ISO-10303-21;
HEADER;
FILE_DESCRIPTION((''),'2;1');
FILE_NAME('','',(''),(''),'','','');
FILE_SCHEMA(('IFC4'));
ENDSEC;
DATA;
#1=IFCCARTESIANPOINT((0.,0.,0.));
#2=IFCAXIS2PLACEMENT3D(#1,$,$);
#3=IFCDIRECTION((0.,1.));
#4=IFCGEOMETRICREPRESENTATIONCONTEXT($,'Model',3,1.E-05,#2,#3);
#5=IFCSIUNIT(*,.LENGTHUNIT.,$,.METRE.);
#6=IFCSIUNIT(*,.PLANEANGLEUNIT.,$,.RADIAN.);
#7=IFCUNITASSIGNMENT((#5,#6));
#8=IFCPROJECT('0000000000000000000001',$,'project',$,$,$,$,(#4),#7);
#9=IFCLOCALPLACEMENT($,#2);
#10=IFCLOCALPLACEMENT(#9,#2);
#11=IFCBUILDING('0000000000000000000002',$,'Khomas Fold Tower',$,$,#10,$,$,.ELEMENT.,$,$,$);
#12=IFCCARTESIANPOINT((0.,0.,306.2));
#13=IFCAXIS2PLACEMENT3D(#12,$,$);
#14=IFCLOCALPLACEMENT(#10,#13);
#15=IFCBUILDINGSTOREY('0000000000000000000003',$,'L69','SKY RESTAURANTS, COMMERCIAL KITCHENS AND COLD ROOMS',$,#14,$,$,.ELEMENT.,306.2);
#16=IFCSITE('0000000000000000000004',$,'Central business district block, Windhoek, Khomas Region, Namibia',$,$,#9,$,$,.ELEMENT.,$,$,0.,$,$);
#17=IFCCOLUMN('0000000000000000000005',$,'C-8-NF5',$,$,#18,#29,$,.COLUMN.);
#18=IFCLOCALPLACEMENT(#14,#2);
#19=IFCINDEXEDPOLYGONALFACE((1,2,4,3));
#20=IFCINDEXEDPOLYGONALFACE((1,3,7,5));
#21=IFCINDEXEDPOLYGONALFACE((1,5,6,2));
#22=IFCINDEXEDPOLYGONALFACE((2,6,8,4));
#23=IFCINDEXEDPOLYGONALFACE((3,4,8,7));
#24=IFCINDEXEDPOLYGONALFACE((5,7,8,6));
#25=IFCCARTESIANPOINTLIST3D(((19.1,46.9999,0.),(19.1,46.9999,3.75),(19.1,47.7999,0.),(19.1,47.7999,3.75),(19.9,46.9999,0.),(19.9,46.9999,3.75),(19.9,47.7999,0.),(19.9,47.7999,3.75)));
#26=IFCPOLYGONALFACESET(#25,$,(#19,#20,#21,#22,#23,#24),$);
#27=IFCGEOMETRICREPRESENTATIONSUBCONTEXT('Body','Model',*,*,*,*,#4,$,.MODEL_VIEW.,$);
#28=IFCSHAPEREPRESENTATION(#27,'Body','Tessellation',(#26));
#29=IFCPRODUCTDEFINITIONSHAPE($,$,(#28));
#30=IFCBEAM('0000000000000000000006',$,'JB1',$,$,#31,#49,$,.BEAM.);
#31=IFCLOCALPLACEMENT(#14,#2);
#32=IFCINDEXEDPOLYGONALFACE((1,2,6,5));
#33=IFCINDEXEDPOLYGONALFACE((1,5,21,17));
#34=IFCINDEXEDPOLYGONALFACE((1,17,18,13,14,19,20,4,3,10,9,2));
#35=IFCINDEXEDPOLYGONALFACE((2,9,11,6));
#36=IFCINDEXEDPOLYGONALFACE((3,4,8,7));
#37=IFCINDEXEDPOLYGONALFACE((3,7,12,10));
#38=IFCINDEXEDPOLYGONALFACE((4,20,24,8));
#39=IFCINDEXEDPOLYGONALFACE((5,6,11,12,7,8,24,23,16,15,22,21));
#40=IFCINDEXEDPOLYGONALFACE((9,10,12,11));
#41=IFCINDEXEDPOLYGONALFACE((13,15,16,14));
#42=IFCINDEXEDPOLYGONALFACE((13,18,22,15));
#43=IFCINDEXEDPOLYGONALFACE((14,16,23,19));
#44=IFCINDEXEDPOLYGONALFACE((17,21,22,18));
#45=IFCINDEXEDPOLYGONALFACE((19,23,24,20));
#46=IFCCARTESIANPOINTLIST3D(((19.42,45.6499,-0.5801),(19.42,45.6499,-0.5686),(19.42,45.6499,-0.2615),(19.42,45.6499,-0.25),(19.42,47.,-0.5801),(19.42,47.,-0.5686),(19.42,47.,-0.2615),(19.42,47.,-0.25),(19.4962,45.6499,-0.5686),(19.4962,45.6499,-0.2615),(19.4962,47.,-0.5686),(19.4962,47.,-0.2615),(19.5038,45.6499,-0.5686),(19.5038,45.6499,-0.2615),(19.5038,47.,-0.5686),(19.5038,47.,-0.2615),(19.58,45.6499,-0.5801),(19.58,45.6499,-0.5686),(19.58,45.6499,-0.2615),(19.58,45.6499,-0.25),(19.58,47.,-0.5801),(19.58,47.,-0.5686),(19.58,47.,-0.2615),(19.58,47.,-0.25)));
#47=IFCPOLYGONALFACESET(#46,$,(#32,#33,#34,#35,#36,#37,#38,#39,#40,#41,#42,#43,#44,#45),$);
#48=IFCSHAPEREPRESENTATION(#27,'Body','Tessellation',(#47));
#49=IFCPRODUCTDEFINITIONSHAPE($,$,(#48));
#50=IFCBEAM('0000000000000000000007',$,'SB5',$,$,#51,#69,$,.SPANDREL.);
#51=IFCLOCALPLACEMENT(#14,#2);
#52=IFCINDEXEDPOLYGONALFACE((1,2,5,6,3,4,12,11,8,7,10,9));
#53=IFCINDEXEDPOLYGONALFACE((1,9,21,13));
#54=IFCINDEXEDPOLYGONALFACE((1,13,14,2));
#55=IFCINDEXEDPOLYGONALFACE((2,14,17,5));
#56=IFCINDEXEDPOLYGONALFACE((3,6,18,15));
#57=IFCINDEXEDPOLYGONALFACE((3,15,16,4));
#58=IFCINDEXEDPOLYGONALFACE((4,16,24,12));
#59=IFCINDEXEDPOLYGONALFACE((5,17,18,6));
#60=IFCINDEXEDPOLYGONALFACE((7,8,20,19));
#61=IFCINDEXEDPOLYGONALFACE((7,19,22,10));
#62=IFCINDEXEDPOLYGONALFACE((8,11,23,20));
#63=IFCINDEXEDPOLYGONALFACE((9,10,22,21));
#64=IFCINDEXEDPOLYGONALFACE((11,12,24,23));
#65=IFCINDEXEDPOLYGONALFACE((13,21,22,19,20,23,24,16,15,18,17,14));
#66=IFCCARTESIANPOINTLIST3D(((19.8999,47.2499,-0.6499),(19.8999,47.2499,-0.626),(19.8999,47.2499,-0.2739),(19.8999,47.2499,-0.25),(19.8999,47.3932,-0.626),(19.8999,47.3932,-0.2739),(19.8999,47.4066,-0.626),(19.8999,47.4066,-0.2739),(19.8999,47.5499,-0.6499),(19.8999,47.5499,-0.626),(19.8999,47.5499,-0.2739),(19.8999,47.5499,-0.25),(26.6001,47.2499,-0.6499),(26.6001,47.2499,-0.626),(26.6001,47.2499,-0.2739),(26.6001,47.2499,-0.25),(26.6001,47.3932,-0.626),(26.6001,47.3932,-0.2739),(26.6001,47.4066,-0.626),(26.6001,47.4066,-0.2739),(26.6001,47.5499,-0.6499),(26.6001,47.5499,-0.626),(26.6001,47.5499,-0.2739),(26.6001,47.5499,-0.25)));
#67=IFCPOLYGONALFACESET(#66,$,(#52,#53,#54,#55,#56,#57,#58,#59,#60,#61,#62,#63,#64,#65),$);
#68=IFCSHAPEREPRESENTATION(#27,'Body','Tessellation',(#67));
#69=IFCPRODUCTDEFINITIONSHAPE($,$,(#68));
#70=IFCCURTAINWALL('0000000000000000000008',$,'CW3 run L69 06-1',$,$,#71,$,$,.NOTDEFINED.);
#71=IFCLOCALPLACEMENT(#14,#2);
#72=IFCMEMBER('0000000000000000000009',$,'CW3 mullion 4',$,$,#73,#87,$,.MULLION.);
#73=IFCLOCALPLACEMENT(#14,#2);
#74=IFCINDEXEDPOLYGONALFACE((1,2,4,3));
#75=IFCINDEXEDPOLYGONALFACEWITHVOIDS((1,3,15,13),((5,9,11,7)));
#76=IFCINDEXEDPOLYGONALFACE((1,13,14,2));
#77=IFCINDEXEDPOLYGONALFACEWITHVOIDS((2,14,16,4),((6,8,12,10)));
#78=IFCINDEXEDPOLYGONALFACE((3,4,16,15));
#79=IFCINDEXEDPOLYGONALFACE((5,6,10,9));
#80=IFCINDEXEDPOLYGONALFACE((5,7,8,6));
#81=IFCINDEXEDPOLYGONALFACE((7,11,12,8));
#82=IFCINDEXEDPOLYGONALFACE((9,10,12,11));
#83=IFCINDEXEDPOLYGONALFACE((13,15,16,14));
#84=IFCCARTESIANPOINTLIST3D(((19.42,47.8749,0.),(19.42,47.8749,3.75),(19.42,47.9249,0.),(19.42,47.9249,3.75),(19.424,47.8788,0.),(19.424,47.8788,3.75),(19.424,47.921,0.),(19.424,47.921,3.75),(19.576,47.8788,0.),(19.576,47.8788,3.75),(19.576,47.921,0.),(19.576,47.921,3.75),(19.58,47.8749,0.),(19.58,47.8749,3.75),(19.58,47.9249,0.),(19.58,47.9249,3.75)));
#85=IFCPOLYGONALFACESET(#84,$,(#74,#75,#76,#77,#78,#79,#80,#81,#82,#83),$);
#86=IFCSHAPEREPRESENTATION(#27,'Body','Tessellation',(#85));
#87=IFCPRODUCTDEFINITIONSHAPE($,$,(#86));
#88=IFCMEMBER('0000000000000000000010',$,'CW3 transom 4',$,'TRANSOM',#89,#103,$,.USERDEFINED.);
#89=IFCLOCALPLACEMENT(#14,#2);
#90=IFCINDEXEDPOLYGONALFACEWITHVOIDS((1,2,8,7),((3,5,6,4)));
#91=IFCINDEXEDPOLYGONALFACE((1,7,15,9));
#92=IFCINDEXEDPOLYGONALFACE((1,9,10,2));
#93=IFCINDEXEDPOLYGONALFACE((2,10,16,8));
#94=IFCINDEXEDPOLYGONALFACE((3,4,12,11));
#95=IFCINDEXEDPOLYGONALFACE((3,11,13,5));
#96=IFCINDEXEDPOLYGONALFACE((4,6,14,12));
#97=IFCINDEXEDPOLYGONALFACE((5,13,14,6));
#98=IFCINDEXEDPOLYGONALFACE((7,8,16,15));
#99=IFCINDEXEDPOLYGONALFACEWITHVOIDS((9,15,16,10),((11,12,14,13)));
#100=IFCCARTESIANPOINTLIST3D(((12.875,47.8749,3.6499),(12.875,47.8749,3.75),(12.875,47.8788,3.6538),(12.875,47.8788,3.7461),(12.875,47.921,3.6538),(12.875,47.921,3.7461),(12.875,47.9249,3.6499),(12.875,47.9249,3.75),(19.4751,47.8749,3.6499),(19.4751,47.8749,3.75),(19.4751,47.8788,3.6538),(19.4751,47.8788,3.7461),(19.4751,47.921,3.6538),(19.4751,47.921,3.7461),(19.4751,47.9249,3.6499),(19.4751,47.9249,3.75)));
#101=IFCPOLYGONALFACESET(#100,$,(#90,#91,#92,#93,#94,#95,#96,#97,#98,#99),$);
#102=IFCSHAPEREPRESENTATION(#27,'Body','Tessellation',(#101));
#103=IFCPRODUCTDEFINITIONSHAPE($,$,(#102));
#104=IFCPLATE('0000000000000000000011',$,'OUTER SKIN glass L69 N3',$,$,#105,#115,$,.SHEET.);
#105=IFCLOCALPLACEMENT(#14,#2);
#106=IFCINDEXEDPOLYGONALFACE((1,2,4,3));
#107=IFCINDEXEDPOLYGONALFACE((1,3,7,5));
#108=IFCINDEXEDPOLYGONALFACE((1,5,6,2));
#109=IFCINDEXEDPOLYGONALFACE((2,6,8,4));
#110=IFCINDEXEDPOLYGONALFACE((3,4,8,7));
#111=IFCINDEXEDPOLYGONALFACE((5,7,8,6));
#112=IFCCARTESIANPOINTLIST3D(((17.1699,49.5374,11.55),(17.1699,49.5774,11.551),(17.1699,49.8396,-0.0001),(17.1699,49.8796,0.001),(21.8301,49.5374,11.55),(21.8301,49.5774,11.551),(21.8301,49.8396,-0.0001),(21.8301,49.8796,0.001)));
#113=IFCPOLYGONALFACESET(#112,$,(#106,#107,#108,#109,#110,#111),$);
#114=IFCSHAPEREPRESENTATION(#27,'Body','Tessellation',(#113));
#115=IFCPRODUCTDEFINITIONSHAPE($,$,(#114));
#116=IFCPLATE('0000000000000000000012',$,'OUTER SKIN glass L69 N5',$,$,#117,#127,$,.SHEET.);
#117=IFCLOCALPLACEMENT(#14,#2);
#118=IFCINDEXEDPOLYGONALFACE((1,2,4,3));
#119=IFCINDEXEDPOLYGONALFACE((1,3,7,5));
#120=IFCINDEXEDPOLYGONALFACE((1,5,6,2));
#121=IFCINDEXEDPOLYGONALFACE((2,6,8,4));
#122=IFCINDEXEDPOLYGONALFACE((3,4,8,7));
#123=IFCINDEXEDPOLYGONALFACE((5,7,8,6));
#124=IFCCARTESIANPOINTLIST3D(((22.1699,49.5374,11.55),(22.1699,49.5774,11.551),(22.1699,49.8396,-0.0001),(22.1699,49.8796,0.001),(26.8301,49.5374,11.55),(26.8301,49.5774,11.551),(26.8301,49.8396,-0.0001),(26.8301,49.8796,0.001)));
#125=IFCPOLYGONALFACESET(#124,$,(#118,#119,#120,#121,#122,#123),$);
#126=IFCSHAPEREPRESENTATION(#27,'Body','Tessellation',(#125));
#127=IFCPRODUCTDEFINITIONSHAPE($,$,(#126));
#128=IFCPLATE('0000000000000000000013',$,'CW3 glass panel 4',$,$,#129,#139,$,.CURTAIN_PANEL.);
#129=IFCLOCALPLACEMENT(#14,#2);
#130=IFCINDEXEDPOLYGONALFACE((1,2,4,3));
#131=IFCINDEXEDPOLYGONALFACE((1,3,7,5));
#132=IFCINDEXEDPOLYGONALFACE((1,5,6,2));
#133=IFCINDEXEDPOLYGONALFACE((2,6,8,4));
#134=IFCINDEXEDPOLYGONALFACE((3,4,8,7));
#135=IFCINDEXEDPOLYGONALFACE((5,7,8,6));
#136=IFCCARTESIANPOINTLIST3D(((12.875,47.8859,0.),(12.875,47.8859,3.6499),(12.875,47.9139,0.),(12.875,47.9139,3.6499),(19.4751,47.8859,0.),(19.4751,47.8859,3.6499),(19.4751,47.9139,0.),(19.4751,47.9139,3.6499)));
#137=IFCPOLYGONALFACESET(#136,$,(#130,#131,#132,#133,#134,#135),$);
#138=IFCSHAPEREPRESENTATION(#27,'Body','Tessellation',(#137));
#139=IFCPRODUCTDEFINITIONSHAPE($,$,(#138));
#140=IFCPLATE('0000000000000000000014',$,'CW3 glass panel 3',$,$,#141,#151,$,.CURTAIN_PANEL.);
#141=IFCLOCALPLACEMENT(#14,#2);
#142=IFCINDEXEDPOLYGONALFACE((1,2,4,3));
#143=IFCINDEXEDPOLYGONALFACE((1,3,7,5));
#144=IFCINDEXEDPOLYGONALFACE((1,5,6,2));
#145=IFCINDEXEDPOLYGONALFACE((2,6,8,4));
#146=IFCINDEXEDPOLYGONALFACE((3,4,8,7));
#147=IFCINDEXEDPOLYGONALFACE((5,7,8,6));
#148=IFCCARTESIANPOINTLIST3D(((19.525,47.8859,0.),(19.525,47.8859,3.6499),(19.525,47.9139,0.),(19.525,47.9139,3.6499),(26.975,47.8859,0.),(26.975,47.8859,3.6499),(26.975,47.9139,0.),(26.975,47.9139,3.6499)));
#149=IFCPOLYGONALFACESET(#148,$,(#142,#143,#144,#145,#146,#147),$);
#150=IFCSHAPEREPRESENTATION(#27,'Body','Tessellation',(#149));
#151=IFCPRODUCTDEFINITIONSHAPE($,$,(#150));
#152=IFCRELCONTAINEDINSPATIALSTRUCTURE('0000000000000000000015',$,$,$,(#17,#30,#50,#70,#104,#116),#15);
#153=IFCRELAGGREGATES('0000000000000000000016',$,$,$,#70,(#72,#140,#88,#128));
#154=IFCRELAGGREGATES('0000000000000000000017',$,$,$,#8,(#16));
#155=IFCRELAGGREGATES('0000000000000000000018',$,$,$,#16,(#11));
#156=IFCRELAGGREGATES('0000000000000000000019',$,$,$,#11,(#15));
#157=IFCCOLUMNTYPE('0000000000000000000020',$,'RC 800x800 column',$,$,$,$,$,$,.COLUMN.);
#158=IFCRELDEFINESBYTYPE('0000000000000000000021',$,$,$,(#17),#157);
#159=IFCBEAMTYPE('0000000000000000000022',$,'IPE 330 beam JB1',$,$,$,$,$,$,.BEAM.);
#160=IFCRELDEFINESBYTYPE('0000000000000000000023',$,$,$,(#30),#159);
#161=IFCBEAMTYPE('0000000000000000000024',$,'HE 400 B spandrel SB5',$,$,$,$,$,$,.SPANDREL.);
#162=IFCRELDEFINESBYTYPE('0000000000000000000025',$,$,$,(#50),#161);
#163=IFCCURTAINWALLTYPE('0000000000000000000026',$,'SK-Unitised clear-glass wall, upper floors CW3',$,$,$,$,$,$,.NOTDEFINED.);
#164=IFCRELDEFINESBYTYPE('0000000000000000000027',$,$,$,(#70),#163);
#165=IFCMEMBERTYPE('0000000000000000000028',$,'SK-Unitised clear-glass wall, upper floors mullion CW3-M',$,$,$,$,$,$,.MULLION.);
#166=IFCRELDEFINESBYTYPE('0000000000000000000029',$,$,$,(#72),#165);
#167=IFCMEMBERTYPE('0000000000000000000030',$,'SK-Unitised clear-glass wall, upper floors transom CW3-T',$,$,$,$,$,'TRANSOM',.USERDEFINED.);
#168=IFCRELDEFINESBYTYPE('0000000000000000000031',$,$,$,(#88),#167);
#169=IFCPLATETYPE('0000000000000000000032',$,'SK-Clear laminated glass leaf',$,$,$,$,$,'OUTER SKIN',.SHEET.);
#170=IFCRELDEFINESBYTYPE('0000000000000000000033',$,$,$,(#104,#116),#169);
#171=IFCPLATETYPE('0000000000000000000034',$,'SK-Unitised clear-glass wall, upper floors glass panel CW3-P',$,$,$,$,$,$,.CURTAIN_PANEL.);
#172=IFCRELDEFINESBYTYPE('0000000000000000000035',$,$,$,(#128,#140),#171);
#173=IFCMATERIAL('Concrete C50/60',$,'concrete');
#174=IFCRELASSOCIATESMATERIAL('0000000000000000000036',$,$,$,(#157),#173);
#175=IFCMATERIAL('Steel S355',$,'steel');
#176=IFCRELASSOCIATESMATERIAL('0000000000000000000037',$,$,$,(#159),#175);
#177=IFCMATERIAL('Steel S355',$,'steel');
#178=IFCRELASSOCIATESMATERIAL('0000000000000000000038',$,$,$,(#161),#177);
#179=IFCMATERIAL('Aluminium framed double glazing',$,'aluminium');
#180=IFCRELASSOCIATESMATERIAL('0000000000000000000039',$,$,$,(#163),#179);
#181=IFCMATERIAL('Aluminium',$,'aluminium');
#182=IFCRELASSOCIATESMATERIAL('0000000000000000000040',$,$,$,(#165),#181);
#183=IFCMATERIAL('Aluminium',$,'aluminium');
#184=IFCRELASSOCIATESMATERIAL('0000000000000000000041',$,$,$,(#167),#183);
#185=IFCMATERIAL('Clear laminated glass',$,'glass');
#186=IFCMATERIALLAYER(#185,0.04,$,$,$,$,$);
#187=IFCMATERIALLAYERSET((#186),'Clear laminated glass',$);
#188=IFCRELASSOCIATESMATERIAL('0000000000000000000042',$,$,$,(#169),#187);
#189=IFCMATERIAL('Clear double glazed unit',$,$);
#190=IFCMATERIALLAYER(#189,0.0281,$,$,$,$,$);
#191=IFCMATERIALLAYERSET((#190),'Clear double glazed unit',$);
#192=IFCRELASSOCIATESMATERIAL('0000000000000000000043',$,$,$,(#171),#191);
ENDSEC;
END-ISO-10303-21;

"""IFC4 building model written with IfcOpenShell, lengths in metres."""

from ifc_helpers import new_model, si_unit, direction, frame, origin, origin_2d, place, context, subcontext, project, spatial, polyline, rectangle, hollow_rectangle, i_section, outline, extrude, source, transform, mapped, material, layer, layer_set, material_profile, profile_set, type_object, element, aggregate, save


model = new_model("IFC4")

# Units and contexts
model_context = context("Model", 3, precision=1e-05, world=origin(), true_north=direction((0.0, 1.0)))
body_context = subcontext(model_context, "Body", "Model", "MODEL_VIEW")
ifc_project = project(units=[si_unit("LENGTHUNIT", "METRE"), si_unit("PLANEANGLEUNIT", "RADIAN")], contexts=[model_context])

# Site, building, storey
site_placement = place(None, origin())
site = spatial("IfcSite", under=ifc_project, at=site_placement, Name="Central business district block, Windhoek, Khomas Region, Namibia", CompositionType="ELEMENT", RefElevation=0.0)
building_placement = place(site_placement, origin())
building = spatial("IfcBuilding", under=site, at=building_placement, Name="Khomas Fold Tower", CompositionType="ELEMENT")
storey_placement = place(building_placement, frame((0.0, 0.0, 306.2)))
storey = spatial("IfcBuildingStorey", under=building, at=storey_placement, Name="L69", Description="SKY RESTAURANTS, COMMERCIAL KITCHENS AND COLD ROOMS", CompositionType="ELEMENT", Elevation=306.2)

# Column
ifc_material_1 = material(Name="Concrete C50/60", Category="concrete")
ifc_material_profile_1 = material_profile(ifc_material_1, rectangle(XDim=0.8, YDim=0.8, at=origin_2d()), Name="RC 800x800")
ifc_profile_set_1 = profile_set([ifc_material_profile_1], Name="Concrete C50/60")
column_type = type_object("IfcColumnType", Name="RC 800x800 column", PredefinedType="COLUMN", material=ifc_profile_set_1)
shared_shape_1 = source(origin(), body_context, "Body", "SweptSolid", [
    extrude(rectangle(XDim=0.8, YDim=0.8, at=origin_2d()), origin(), (0.0, 0.0, 1.0), 3.75),
])
column_placement = place(storey_placement, frame((19.5, 47.3999, 0.0), z_axis=(0.0, 0.0, 1.0), x_axis=(1.0, 0.0, 0.0)))
element("IfcColumn", 1, at=column_placement, inside=storey, type_object=column_type, Name="C-8-NF5", PredefinedType="COLUMN", context=body_context, shape_type="MappedRepresentation", body=[
    mapped(shared_shape_1, transform((0.0, 0.0, 0.0))),
])

# Beams
ifc_material_2 = material(Name="Steel S355", Category="steel")
ifc_material_profile_2 = material_profile(ifc_material_2, i_section(OverallWidth=0.1599, OverallDepth=0.3301, WebThickness=0.0076, FlangeThickness=0.0115, at=origin_2d()), Name="IPE 330")
ifc_profile_set_2 = profile_set([ifc_material_profile_2], Name="Steel S355")
beam_type_1 = type_object("IfcBeamType", Name="IPE 330 beam JB1", PredefinedType="BEAM", material=ifc_profile_set_2)
shared_shape_2 = source(origin(), body_context, "Body", "SweptSolid", [
    extrude(i_section(OverallWidth=0.1599, OverallDepth=0.3301, WebThickness=0.0076, FlangeThickness=0.0115, at=origin_2d()), origin(), (0.0, 0.0, 1.0), 1.3501),
])
beam_1_placement = place(storey_placement, frame((19.5, 45.6499, -0.415), z_axis=(0.0, 1.0, 0.0), x_axis=(-1.0, 0.0, 0.0)))
element("IfcBeam", 2, at=beam_1_placement, inside=storey, type_object=beam_type_1, Name="JB1", PredefinedType="BEAM", context=body_context, shape_type="MappedRepresentation", body=[
    mapped(shared_shape_2, transform((0.0, 0.0, 0.0))),
])
ifc_material_3 = material(Name="Steel S355", Category="steel")
ifc_material_profile_3 = material_profile(ifc_material_3, i_section(OverallWidth=0.3, OverallDepth=0.3999, WebThickness=0.0134, FlangeThickness=0.0239, at=origin_2d()), Name="HE 400 B")
ifc_profile_set_3 = profile_set([ifc_material_profile_3], Name="Steel S355")
beam_type_2 = type_object("IfcBeamType", Name="HE 400 B spandrel SB5", PredefinedType="SPANDREL", material=ifc_profile_set_3)
shared_shape_3 = source(origin(), body_context, "Body", "SweptSolid", [
    extrude(i_section(OverallWidth=0.3, OverallDepth=0.3999, WebThickness=0.0134, FlangeThickness=0.0239, at=origin_2d()), origin(), (0.0, 0.0, 1.0), 6.7002),
])
beam_2_placement = place(storey_placement, frame((19.8999, 47.3999, -0.45), z_axis=(1.0, 0.0, 0.0), x_axis=(0.0, 1.0, 0.0)))
element("IfcBeam", 3, at=beam_2_placement, inside=storey, type_object=beam_type_2, Name="SB5", PredefinedType="SPANDREL", context=body_context, shape_type="MappedRepresentation", body=[
    mapped(shared_shape_3, transform((0.0, 0.0, 0.0))),
])

# Curtain wall, members
ifc_material_4 = material(Name="Aluminium framed double glazing", Category="aluminium")
curtain_wall_type = type_object("IfcCurtainWallType", Name="SK-Unitised clear-glass wall, upper floors CW3", PredefinedType="NOTDEFINED", material=ifc_material_4)
curtain_wall_placement = place(storey_placement, origin())
curtain_wall = element("IfcCurtainWall", 4, at=curtain_wall_placement, inside=storey, type_object=curtain_wall_type, Name="CW3 run L69 06-1", PredefinedType="NOTDEFINED")
ifc_material_5 = material(Name="Aluminium", Category="aluminium")
ifc_material_profile_4 = material_profile(ifc_material_5, hollow_rectangle(XDim=0.05, YDim=0.1599, WallThickness=0.0039, at=origin_2d()), Name="SK-Unitised clear-glass wall, upper floors mullion CW3-M")
ifc_profile_set_4 = profile_set([ifc_material_profile_4], Name="Aluminium")
member_type_1 = type_object("IfcMemberType", Name="SK-Unitised clear-glass wall, upper floors mullion CW3-M", PredefinedType="MULLION", material=ifc_profile_set_4)
shared_shape_4 = source(origin(), body_context, "Body", "SweptSolid", [
    extrude(hollow_rectangle(XDim=0.05, YDim=0.1599, WallThickness=0.0039, at=origin_2d()), origin(), (0.0, 0.0, 1.0), 3.75),
])
member_1_placement = place(storey_placement, frame((19.5, 47.8999, 0.0), z_axis=(0.0, 0.0, 1.0), x_axis=(0.0, -1.0, 0.0)))
member_1 = element("IfcMember", 5, at=member_1_placement, type_object=member_type_1, Name="CW3 mullion 4", PredefinedType="MULLION", context=body_context, shape_type="MappedRepresentation", body=[
    mapped(shared_shape_4, transform((0.0, 0.0, 0.0))),
])
ifc_material_6 = material(Name="Aluminium", Category="aluminium")
ifc_material_profile_5 = material_profile(ifc_material_6, hollow_rectangle(XDim=0.05, YDim=0.1001, WallThickness=0.0039, at=origin_2d()), Name="SK-Unitised clear-glass wall, upper floors transom CW3-T")
ifc_profile_set_5 = profile_set([ifc_material_profile_5], Name="Aluminium")
member_type_2 = type_object("IfcMemberType", Name="SK-Unitised clear-glass wall, upper floors transom CW3-T", ElementType="TRANSOM", PredefinedType="USERDEFINED", material=ifc_profile_set_5)
shared_shape_5 = source(origin(), body_context, "Body", "SweptSolid", [
    extrude(hollow_rectangle(XDim=0.05, YDim=0.1001, WallThickness=0.0039, at=origin_2d()), origin(), (0.0, 0.0, 1.0), 6.6001),
])
member_2_placement = place(storey_placement, frame((19.4751, 47.8999, 3.7), z_axis=(-1.0, 0.0, 0.0), x_axis=(0.0, -1.0, 0.0)))
member_2 = element("IfcMember", 6, at=member_2_placement, type_object=member_type_2, Name="CW3 transom 4", ObjectType="TRANSOM", PredefinedType="USERDEFINED", context=body_context, shape_type="MappedRepresentation", body=[
    mapped(shared_shape_5, transform((0.0, 0.0, 0.0))),
])

# Plates
ifc_material_7 = material(Name="Clear laminated glass", Category="glass")
ifc_layer_1 = layer(ifc_material_7, 0.04)
ifc_layer_set_1 = layer_set([ifc_layer_1], Name="Clear laminated glass")
plate_type_1 = type_object("IfcPlateType", Name="SK-Clear laminated glass leaf", ElementType="OUTER SKIN", PredefinedType="SHEET", material=ifc_layer_set_1)
for number, where, z_axis, x_axis, name in (
    (7, (17.1699, 49.8796, 0.001), (0.0, 0.999658, 0.026159), (1.0, 0.0, 0.0), "OUTER SKIN glass L69 N3"),
    (8, (22.1699, 49.8796, 0.001), (0.0, 0.999658, 0.026159), (1.0, 0.0, 0.0), "OUTER SKIN glass L69 N5"),
):
    element("IfcPlate", number, at=place(storey_placement, frame(where, z_axis=z_axis, x_axis=x_axis)), inside=storey, type_object=plate_type_1, Name=name, PredefinedType="SHEET", context=body_context, shape_type="SweptSolid", body=[
        extrude(outline(polyline([(0.0, 0.0), (4.6602, 0.0), (4.6602, -11.554), (0.0, -11.554), (0.0, 0.0)])), origin(), (0.0, 0.0, -1.0), 0.04),
    ])

# Plates
ifc_material_8 = material(Name="Clear double glazed unit")
ifc_layer_2 = layer(ifc_material_8, 0.0281)
ifc_layer_set_2 = layer_set([ifc_layer_2], Name="Clear double glazed unit")
plate_type_2 = type_object("IfcPlateType", Name="SK-Unitised clear-glass wall, upper floors glass panel CW3-P", PredefinedType="CURTAIN_PANEL", material=ifc_layer_set_2)
shared_shape_6 = source(origin(), body_context, "Body", "SweptSolid", [
    extrude(rectangle(XDim=6.6001, YDim=0.0281, at=origin_2d()), origin(), (0.0, 0.0, 1.0), 3.6499),
])
plate_1_placement = place(storey_placement, frame((16.175, 47.8999, 0.0), z_axis=(0.0, 0.0, 1.0), x_axis=(-1.0, 0.0, 0.0)))
plate_1 = element("IfcPlate", 9, at=plate_1_placement, type_object=plate_type_2, Name="CW3 glass panel 4", PredefinedType="CURTAIN_PANEL", context=body_context, shape_type="MappedRepresentation", body=[
    mapped(shared_shape_6, transform((0.0, 0.0, 0.0))),
])
shared_shape_7 = source(origin(), body_context, "Body", "SweptSolid", [
    extrude(rectangle(XDim=7.45, YDim=0.0281, at=origin_2d()), origin(), (0.0, 0.0, 1.0), 3.6499),
])
plate_2_placement = place(storey_placement, frame((23.25, 47.8999, 0.0), z_axis=(0.0, 0.0, 1.0), x_axis=(-1.0, 0.0, 0.0)))
plate_2 = element("IfcPlate", 10, at=plate_2_placement, type_object=plate_type_2, Name="CW3 glass panel 3", PredefinedType="CURTAIN_PANEL", context=body_context, shape_type="MappedRepresentation", body=[
    mapped(shared_shape_7, transform((0.0, 0.0, 0.0))),
])
aggregate(curtain_wall, [member_1, plate_2, member_2, plate_1])

save(model, "model.ifc")
